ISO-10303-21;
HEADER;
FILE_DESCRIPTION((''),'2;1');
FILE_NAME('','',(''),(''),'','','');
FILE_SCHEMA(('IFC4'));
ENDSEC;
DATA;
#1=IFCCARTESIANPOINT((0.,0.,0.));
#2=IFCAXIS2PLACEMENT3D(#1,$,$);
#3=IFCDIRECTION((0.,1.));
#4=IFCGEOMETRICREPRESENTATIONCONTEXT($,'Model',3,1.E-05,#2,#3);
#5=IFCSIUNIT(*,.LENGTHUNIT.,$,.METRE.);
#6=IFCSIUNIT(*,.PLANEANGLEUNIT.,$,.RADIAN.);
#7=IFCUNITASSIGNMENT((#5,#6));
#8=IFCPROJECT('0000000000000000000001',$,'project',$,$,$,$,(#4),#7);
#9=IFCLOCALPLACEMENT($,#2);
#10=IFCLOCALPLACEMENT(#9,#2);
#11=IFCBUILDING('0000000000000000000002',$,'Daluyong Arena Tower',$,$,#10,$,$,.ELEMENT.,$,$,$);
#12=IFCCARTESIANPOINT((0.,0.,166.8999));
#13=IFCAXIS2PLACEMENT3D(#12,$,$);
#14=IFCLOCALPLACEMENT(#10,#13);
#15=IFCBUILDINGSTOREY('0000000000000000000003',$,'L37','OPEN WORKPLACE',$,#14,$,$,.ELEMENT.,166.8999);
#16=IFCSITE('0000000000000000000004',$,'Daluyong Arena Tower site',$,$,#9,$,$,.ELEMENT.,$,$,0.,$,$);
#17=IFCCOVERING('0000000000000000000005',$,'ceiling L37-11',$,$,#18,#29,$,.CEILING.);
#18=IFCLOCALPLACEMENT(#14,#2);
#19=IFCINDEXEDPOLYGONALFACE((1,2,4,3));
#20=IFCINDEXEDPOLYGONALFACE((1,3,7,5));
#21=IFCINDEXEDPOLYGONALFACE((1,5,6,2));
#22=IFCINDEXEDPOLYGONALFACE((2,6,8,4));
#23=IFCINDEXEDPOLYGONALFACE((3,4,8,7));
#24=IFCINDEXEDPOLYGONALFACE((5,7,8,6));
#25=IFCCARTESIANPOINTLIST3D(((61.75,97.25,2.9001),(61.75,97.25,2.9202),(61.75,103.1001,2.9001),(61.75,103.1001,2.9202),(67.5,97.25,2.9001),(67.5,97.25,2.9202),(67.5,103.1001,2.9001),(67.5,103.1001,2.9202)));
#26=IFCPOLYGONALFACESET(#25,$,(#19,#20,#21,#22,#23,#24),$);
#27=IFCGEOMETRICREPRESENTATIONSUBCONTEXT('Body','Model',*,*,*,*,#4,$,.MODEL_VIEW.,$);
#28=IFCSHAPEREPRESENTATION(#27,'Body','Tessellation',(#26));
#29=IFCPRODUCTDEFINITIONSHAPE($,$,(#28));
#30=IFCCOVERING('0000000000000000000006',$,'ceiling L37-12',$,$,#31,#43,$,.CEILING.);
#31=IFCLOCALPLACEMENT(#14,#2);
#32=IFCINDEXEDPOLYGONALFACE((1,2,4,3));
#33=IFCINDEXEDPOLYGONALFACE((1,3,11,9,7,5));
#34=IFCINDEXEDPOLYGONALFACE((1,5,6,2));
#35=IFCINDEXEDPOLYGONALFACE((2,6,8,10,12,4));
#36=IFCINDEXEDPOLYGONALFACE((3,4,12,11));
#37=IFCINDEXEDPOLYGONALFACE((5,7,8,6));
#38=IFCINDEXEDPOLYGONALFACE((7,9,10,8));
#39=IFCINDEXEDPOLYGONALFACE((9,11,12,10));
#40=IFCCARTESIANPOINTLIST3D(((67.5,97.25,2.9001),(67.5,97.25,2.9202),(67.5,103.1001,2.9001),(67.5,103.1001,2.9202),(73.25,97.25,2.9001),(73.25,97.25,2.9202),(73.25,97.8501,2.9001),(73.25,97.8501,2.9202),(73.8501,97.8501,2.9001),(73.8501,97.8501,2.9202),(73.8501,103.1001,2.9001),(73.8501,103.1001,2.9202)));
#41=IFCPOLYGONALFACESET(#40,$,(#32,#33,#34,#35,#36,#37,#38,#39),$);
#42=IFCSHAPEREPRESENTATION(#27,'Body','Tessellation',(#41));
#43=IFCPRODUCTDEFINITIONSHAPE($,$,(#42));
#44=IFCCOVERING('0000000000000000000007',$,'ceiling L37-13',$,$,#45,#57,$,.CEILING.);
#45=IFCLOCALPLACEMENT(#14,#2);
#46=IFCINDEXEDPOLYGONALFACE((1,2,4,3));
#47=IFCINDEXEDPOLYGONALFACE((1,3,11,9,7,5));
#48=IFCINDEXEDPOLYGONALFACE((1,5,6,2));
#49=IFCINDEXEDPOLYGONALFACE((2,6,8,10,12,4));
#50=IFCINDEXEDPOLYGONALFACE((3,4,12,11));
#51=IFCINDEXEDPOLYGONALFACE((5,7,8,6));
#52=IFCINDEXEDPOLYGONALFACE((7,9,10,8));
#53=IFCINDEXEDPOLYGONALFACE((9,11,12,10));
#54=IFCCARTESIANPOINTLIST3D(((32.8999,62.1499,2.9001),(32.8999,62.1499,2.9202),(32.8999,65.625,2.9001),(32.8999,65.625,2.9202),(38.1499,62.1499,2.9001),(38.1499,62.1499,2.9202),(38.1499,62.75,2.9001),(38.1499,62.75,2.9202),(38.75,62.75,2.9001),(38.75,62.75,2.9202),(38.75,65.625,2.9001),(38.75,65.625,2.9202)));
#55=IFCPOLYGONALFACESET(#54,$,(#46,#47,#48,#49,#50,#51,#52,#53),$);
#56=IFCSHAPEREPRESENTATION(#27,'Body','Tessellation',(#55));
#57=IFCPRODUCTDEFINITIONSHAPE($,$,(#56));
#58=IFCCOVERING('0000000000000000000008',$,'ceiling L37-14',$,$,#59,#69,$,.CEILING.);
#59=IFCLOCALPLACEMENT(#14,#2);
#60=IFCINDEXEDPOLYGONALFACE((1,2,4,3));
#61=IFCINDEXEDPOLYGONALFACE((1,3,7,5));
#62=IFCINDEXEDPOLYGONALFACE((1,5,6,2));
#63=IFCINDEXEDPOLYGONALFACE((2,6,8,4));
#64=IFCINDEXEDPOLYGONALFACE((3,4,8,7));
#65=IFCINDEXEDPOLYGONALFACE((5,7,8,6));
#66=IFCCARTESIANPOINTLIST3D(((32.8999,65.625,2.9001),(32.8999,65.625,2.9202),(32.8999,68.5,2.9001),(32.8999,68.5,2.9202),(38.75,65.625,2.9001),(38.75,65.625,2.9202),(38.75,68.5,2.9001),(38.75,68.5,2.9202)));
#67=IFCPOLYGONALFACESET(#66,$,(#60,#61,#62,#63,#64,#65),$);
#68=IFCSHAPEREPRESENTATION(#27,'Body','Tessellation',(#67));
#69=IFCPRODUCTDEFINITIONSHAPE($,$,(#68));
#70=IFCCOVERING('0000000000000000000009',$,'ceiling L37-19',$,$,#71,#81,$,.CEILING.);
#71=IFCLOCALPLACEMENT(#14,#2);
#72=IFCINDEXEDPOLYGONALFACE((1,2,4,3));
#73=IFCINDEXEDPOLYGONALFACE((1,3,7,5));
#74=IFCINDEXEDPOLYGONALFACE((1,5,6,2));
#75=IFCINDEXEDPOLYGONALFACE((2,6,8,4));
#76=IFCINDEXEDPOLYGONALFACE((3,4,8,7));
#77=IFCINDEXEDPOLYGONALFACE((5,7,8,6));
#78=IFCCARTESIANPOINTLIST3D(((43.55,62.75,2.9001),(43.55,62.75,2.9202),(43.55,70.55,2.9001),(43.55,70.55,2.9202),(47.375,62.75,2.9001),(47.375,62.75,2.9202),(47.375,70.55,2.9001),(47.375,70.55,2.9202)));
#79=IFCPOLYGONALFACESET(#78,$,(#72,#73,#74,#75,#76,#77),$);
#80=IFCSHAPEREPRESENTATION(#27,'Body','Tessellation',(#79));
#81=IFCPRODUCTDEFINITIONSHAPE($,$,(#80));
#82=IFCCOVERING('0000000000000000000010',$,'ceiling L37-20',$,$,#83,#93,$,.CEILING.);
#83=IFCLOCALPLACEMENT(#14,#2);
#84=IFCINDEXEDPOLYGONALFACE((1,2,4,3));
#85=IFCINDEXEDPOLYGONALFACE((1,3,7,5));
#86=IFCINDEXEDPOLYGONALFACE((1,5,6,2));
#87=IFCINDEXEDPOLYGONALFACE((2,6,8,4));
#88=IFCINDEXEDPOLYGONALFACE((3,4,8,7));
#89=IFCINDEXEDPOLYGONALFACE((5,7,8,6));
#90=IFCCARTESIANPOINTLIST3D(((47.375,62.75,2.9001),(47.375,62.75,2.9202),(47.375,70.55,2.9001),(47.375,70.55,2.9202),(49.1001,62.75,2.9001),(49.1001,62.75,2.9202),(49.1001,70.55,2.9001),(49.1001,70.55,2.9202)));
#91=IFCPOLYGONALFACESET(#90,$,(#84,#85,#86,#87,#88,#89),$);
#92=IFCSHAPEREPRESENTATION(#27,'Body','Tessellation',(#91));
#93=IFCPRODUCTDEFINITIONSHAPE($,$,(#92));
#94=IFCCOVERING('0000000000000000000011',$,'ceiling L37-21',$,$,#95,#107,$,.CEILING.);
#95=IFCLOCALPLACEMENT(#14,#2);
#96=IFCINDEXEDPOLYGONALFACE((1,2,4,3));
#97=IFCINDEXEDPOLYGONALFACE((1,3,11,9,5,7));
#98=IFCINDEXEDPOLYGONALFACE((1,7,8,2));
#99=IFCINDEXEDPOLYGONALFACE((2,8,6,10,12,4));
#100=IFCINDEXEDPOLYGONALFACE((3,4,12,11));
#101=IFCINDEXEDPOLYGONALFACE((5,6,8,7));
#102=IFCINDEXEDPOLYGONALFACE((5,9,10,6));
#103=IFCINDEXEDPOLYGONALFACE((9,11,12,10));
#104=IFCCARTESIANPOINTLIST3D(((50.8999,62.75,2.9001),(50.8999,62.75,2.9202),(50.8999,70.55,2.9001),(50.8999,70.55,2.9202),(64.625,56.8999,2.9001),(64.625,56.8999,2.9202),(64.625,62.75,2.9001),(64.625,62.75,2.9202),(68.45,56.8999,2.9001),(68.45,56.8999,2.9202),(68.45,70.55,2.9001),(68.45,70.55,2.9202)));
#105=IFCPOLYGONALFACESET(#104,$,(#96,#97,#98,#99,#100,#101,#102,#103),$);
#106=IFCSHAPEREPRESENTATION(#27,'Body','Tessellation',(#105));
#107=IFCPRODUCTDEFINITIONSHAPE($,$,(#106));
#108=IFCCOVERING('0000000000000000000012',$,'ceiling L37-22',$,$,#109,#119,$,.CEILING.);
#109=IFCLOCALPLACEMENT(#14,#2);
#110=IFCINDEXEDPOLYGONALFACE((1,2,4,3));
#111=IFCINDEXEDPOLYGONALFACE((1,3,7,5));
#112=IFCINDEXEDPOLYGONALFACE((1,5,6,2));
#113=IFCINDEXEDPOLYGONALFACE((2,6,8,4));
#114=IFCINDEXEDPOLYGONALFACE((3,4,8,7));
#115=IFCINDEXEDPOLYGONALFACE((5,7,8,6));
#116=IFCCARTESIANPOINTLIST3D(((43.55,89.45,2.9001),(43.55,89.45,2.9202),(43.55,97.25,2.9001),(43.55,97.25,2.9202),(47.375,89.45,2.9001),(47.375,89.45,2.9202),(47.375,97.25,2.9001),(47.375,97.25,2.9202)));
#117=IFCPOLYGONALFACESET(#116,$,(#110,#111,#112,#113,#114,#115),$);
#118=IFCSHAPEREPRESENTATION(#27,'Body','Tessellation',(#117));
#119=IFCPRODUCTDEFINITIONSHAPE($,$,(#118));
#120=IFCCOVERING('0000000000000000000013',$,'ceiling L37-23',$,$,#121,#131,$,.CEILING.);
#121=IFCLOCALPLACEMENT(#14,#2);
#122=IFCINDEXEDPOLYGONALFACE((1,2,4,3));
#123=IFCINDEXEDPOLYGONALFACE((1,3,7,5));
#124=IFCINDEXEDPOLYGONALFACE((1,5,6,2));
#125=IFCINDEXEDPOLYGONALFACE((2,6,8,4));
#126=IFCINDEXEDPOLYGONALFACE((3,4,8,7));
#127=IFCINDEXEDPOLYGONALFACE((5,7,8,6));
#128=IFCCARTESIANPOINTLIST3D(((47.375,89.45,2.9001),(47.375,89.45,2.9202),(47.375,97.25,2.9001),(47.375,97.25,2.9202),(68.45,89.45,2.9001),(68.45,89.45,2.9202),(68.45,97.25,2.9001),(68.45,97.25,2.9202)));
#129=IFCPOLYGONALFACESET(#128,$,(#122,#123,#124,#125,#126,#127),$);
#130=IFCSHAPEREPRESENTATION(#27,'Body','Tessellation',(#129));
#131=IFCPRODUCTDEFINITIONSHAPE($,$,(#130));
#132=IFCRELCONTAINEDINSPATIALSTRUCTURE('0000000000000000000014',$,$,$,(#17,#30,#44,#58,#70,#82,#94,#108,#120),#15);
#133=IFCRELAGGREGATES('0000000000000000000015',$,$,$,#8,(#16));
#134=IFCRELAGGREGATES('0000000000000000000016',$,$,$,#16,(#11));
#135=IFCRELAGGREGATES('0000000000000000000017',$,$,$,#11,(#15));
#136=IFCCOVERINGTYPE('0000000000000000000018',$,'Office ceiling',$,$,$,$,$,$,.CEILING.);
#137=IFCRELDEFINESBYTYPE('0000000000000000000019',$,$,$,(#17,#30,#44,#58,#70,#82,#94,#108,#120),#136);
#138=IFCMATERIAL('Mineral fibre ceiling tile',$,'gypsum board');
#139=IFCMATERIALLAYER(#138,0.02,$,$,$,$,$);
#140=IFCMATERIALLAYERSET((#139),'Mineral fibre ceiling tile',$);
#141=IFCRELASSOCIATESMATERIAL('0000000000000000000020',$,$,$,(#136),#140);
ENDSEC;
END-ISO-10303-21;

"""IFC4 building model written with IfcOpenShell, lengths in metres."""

from ifc_helpers import new_model, si_unit, direction, frame, origin, place, context, subcontext, project, spatial, polyline, outline, extrude, material, layer, layer_set, type_object, element, save


model = new_model("IFC4")

# Units and contexts
model_context = context("Model", 3, precision=1e-05, world=origin(), true_north=direction((0.0, 1.0)))
body_context = subcontext(model_context, "Body", "Model", "MODEL_VIEW")
ifc_project = project(units=[si_unit("LENGTHUNIT", "METRE"), si_unit("PLANEANGLEUNIT", "RADIAN")], contexts=[model_context])

# Site, building, storey
site_placement = place(None, origin())
site = spatial("IfcSite", under=ifc_project, at=site_placement, Name="Daluyong Arena Tower site", CompositionType="ELEMENT", RefElevation=0.0)
building_placement = place(site_placement, origin())
building = spatial("IfcBuilding", under=site, at=building_placement, Name="Daluyong Arena Tower", CompositionType="ELEMENT")
storey_placement = place(building_placement, frame((0.0, 0.0, 166.8999)))
storey = spatial("IfcBuildingStorey", under=building, at=storey_placement, Name="L37", Description="OPEN WORKPLACE", CompositionType="ELEMENT", Elevation=166.8999)

# Coverings
ifc_material_1 = material(Name="Mineral fibre ceiling tile", Category="gypsum board")
ifc_layer_1 = layer(ifc_material_1, 0.02)
ifc_layer_set_1 = layer_set([ifc_layer_1], Name="Mineral fibre ceiling tile")
covering_type = type_object("IfcCoveringType", Name="Office ceiling", PredefinedType="CEILING", material=ifc_layer_set_1)
covering_1_placement = place(storey_placement, frame((0.0, 0.0, 2.9001)))
element("IfcCovering", 1, at=covering_1_placement, inside=storey, type_object=covering_type, Name="ceiling L37-11", PredefinedType="CEILING", context=body_context, shape_type="SweptSolid", body=[
    extrude(outline(polyline([(67.5, 97.25), (67.5, 103.1001), (61.75, 103.1001), (61.75, 97.25), (67.5, 97.25)])), origin(), (0.0, 0.0, 1.0), 0.02),
])
covering_2_placement = place(storey_placement, frame((0.0, 0.0, 2.9001)))
element("IfcCovering", 2, at=covering_2_placement, inside=storey, type_object=covering_type, Name="ceiling L37-12", PredefinedType="CEILING", context=body_context, shape_type="SweptSolid", body=[
    extrude(outline(polyline([(67.5, 97.25), (73.25, 97.25), (73.25, 97.8501), (73.8501, 97.8501), (73.8501, 103.1001), (67.5, 103.1001), (67.5, 97.25)])), origin(), (0.0, 0.0, 1.0), 0.02),
])
covering_3_placement = place(storey_placement, frame((0.0, 0.0, 2.9001)))
element("IfcCovering", 3, at=covering_3_placement, inside=storey, type_object=covering_type, Name="ceiling L37-13", PredefinedType="CEILING", context=body_context, shape_type="SweptSolid", body=[
    extrude(outline(polyline([(32.8999, 62.1499), (38.1499, 62.1499), (38.1499, 62.75), (38.75, 62.75), (38.75, 65.625), (32.8999, 65.625), (32.8999, 62.1499)])), origin(), (0.0, 0.0, 1.0), 0.02),
])
covering_4_placement = place(storey_placement, frame((0.0, 0.0, 2.9001)))
element("IfcCovering", 4, at=covering_4_placement, inside=storey, type_object=covering_type, Name="ceiling L37-14", PredefinedType="CEILING", context=body_context, shape_type="SweptSolid", body=[
    extrude(outline(polyline([(38.75, 68.5), (32.8999, 68.5), (32.8999, 65.625), (38.75, 65.625), (38.75, 68.5)])), origin(), (0.0, 0.0, 1.0), 0.02),
])
covering_5_placement = place(storey_placement, frame((0.0, 0.0, 2.9001)))
element("IfcCovering", 5, at=covering_5_placement, inside=storey, type_object=covering_type, Name="ceiling L37-19", PredefinedType="CEILING", context=body_context, shape_type="SweptSolid", body=[
    extrude(outline(polyline([(47.375, 70.55), (43.55, 70.55), (43.55, 62.75), (47.375, 62.75), (47.375, 70.55)])), origin(), (0.0, 0.0, 1.0), 0.02),
])
covering_6_placement = place(storey_placement, frame((0.0, 0.0, 2.9001)))
element("IfcCovering", 6, at=covering_6_placement, inside=storey, type_object=covering_type, Name="ceiling L37-20", PredefinedType="CEILING", context=body_context, shape_type="SweptSolid", body=[
    extrude(outline(polyline([(49.1001, 70.55), (47.375, 70.55), (47.375, 62.75), (49.1001, 62.75), (49.1001, 70.55)])), origin(), (0.0, 0.0, 1.0), 0.02),
])
covering_7_placement = place(storey_placement, frame((0.0, 0.0, 2.9001)))
element("IfcCovering", 7, at=covering_7_placement, inside=storey, type_object=covering_type, Name="ceiling L37-21", PredefinedType="CEILING", context=body_context, shape_type="SweptSolid", body=[
    extrude(outline(polyline([(64.625, 56.8999), (68.45, 56.8999), (68.45, 70.55), (50.8999, 70.55), (50.8999, 62.75), (64.625, 62.75), (64.625, 56.8999)])), origin(), (0.0, 0.0, 1.0), 0.02),
])
covering_8_placement = place(storey_placement, frame((0.0, 0.0, 2.9001)))
element("IfcCovering", 8, at=covering_8_placement, inside=storey, type_object=covering_type, Name="ceiling L37-22", PredefinedType="CEILING", context=body_context, shape_type="SweptSolid", body=[
    extrude(outline(polyline([(43.55, 89.45), (47.375, 89.45), (47.375, 97.25), (43.55, 97.25), (43.55, 89.45)])), origin(), (0.0, 0.0, 1.0), 0.02),
])
covering_9_placement = place(storey_placement, frame((0.0, 0.0, 2.9001)))
element("IfcCovering", 9, at=covering_9_placement, inside=storey, type_object=covering_type, Name="ceiling L37-23", PredefinedType="CEILING", context=body_context, shape_type="SweptSolid", body=[
    extrude(outline(polyline([(47.375, 97.25), (47.375, 89.45), (68.45, 89.45), (68.45, 97.25), (47.375, 97.25)])), origin(), (0.0, 0.0, 1.0), 0.02),
])

save(model, "model.ifc")
